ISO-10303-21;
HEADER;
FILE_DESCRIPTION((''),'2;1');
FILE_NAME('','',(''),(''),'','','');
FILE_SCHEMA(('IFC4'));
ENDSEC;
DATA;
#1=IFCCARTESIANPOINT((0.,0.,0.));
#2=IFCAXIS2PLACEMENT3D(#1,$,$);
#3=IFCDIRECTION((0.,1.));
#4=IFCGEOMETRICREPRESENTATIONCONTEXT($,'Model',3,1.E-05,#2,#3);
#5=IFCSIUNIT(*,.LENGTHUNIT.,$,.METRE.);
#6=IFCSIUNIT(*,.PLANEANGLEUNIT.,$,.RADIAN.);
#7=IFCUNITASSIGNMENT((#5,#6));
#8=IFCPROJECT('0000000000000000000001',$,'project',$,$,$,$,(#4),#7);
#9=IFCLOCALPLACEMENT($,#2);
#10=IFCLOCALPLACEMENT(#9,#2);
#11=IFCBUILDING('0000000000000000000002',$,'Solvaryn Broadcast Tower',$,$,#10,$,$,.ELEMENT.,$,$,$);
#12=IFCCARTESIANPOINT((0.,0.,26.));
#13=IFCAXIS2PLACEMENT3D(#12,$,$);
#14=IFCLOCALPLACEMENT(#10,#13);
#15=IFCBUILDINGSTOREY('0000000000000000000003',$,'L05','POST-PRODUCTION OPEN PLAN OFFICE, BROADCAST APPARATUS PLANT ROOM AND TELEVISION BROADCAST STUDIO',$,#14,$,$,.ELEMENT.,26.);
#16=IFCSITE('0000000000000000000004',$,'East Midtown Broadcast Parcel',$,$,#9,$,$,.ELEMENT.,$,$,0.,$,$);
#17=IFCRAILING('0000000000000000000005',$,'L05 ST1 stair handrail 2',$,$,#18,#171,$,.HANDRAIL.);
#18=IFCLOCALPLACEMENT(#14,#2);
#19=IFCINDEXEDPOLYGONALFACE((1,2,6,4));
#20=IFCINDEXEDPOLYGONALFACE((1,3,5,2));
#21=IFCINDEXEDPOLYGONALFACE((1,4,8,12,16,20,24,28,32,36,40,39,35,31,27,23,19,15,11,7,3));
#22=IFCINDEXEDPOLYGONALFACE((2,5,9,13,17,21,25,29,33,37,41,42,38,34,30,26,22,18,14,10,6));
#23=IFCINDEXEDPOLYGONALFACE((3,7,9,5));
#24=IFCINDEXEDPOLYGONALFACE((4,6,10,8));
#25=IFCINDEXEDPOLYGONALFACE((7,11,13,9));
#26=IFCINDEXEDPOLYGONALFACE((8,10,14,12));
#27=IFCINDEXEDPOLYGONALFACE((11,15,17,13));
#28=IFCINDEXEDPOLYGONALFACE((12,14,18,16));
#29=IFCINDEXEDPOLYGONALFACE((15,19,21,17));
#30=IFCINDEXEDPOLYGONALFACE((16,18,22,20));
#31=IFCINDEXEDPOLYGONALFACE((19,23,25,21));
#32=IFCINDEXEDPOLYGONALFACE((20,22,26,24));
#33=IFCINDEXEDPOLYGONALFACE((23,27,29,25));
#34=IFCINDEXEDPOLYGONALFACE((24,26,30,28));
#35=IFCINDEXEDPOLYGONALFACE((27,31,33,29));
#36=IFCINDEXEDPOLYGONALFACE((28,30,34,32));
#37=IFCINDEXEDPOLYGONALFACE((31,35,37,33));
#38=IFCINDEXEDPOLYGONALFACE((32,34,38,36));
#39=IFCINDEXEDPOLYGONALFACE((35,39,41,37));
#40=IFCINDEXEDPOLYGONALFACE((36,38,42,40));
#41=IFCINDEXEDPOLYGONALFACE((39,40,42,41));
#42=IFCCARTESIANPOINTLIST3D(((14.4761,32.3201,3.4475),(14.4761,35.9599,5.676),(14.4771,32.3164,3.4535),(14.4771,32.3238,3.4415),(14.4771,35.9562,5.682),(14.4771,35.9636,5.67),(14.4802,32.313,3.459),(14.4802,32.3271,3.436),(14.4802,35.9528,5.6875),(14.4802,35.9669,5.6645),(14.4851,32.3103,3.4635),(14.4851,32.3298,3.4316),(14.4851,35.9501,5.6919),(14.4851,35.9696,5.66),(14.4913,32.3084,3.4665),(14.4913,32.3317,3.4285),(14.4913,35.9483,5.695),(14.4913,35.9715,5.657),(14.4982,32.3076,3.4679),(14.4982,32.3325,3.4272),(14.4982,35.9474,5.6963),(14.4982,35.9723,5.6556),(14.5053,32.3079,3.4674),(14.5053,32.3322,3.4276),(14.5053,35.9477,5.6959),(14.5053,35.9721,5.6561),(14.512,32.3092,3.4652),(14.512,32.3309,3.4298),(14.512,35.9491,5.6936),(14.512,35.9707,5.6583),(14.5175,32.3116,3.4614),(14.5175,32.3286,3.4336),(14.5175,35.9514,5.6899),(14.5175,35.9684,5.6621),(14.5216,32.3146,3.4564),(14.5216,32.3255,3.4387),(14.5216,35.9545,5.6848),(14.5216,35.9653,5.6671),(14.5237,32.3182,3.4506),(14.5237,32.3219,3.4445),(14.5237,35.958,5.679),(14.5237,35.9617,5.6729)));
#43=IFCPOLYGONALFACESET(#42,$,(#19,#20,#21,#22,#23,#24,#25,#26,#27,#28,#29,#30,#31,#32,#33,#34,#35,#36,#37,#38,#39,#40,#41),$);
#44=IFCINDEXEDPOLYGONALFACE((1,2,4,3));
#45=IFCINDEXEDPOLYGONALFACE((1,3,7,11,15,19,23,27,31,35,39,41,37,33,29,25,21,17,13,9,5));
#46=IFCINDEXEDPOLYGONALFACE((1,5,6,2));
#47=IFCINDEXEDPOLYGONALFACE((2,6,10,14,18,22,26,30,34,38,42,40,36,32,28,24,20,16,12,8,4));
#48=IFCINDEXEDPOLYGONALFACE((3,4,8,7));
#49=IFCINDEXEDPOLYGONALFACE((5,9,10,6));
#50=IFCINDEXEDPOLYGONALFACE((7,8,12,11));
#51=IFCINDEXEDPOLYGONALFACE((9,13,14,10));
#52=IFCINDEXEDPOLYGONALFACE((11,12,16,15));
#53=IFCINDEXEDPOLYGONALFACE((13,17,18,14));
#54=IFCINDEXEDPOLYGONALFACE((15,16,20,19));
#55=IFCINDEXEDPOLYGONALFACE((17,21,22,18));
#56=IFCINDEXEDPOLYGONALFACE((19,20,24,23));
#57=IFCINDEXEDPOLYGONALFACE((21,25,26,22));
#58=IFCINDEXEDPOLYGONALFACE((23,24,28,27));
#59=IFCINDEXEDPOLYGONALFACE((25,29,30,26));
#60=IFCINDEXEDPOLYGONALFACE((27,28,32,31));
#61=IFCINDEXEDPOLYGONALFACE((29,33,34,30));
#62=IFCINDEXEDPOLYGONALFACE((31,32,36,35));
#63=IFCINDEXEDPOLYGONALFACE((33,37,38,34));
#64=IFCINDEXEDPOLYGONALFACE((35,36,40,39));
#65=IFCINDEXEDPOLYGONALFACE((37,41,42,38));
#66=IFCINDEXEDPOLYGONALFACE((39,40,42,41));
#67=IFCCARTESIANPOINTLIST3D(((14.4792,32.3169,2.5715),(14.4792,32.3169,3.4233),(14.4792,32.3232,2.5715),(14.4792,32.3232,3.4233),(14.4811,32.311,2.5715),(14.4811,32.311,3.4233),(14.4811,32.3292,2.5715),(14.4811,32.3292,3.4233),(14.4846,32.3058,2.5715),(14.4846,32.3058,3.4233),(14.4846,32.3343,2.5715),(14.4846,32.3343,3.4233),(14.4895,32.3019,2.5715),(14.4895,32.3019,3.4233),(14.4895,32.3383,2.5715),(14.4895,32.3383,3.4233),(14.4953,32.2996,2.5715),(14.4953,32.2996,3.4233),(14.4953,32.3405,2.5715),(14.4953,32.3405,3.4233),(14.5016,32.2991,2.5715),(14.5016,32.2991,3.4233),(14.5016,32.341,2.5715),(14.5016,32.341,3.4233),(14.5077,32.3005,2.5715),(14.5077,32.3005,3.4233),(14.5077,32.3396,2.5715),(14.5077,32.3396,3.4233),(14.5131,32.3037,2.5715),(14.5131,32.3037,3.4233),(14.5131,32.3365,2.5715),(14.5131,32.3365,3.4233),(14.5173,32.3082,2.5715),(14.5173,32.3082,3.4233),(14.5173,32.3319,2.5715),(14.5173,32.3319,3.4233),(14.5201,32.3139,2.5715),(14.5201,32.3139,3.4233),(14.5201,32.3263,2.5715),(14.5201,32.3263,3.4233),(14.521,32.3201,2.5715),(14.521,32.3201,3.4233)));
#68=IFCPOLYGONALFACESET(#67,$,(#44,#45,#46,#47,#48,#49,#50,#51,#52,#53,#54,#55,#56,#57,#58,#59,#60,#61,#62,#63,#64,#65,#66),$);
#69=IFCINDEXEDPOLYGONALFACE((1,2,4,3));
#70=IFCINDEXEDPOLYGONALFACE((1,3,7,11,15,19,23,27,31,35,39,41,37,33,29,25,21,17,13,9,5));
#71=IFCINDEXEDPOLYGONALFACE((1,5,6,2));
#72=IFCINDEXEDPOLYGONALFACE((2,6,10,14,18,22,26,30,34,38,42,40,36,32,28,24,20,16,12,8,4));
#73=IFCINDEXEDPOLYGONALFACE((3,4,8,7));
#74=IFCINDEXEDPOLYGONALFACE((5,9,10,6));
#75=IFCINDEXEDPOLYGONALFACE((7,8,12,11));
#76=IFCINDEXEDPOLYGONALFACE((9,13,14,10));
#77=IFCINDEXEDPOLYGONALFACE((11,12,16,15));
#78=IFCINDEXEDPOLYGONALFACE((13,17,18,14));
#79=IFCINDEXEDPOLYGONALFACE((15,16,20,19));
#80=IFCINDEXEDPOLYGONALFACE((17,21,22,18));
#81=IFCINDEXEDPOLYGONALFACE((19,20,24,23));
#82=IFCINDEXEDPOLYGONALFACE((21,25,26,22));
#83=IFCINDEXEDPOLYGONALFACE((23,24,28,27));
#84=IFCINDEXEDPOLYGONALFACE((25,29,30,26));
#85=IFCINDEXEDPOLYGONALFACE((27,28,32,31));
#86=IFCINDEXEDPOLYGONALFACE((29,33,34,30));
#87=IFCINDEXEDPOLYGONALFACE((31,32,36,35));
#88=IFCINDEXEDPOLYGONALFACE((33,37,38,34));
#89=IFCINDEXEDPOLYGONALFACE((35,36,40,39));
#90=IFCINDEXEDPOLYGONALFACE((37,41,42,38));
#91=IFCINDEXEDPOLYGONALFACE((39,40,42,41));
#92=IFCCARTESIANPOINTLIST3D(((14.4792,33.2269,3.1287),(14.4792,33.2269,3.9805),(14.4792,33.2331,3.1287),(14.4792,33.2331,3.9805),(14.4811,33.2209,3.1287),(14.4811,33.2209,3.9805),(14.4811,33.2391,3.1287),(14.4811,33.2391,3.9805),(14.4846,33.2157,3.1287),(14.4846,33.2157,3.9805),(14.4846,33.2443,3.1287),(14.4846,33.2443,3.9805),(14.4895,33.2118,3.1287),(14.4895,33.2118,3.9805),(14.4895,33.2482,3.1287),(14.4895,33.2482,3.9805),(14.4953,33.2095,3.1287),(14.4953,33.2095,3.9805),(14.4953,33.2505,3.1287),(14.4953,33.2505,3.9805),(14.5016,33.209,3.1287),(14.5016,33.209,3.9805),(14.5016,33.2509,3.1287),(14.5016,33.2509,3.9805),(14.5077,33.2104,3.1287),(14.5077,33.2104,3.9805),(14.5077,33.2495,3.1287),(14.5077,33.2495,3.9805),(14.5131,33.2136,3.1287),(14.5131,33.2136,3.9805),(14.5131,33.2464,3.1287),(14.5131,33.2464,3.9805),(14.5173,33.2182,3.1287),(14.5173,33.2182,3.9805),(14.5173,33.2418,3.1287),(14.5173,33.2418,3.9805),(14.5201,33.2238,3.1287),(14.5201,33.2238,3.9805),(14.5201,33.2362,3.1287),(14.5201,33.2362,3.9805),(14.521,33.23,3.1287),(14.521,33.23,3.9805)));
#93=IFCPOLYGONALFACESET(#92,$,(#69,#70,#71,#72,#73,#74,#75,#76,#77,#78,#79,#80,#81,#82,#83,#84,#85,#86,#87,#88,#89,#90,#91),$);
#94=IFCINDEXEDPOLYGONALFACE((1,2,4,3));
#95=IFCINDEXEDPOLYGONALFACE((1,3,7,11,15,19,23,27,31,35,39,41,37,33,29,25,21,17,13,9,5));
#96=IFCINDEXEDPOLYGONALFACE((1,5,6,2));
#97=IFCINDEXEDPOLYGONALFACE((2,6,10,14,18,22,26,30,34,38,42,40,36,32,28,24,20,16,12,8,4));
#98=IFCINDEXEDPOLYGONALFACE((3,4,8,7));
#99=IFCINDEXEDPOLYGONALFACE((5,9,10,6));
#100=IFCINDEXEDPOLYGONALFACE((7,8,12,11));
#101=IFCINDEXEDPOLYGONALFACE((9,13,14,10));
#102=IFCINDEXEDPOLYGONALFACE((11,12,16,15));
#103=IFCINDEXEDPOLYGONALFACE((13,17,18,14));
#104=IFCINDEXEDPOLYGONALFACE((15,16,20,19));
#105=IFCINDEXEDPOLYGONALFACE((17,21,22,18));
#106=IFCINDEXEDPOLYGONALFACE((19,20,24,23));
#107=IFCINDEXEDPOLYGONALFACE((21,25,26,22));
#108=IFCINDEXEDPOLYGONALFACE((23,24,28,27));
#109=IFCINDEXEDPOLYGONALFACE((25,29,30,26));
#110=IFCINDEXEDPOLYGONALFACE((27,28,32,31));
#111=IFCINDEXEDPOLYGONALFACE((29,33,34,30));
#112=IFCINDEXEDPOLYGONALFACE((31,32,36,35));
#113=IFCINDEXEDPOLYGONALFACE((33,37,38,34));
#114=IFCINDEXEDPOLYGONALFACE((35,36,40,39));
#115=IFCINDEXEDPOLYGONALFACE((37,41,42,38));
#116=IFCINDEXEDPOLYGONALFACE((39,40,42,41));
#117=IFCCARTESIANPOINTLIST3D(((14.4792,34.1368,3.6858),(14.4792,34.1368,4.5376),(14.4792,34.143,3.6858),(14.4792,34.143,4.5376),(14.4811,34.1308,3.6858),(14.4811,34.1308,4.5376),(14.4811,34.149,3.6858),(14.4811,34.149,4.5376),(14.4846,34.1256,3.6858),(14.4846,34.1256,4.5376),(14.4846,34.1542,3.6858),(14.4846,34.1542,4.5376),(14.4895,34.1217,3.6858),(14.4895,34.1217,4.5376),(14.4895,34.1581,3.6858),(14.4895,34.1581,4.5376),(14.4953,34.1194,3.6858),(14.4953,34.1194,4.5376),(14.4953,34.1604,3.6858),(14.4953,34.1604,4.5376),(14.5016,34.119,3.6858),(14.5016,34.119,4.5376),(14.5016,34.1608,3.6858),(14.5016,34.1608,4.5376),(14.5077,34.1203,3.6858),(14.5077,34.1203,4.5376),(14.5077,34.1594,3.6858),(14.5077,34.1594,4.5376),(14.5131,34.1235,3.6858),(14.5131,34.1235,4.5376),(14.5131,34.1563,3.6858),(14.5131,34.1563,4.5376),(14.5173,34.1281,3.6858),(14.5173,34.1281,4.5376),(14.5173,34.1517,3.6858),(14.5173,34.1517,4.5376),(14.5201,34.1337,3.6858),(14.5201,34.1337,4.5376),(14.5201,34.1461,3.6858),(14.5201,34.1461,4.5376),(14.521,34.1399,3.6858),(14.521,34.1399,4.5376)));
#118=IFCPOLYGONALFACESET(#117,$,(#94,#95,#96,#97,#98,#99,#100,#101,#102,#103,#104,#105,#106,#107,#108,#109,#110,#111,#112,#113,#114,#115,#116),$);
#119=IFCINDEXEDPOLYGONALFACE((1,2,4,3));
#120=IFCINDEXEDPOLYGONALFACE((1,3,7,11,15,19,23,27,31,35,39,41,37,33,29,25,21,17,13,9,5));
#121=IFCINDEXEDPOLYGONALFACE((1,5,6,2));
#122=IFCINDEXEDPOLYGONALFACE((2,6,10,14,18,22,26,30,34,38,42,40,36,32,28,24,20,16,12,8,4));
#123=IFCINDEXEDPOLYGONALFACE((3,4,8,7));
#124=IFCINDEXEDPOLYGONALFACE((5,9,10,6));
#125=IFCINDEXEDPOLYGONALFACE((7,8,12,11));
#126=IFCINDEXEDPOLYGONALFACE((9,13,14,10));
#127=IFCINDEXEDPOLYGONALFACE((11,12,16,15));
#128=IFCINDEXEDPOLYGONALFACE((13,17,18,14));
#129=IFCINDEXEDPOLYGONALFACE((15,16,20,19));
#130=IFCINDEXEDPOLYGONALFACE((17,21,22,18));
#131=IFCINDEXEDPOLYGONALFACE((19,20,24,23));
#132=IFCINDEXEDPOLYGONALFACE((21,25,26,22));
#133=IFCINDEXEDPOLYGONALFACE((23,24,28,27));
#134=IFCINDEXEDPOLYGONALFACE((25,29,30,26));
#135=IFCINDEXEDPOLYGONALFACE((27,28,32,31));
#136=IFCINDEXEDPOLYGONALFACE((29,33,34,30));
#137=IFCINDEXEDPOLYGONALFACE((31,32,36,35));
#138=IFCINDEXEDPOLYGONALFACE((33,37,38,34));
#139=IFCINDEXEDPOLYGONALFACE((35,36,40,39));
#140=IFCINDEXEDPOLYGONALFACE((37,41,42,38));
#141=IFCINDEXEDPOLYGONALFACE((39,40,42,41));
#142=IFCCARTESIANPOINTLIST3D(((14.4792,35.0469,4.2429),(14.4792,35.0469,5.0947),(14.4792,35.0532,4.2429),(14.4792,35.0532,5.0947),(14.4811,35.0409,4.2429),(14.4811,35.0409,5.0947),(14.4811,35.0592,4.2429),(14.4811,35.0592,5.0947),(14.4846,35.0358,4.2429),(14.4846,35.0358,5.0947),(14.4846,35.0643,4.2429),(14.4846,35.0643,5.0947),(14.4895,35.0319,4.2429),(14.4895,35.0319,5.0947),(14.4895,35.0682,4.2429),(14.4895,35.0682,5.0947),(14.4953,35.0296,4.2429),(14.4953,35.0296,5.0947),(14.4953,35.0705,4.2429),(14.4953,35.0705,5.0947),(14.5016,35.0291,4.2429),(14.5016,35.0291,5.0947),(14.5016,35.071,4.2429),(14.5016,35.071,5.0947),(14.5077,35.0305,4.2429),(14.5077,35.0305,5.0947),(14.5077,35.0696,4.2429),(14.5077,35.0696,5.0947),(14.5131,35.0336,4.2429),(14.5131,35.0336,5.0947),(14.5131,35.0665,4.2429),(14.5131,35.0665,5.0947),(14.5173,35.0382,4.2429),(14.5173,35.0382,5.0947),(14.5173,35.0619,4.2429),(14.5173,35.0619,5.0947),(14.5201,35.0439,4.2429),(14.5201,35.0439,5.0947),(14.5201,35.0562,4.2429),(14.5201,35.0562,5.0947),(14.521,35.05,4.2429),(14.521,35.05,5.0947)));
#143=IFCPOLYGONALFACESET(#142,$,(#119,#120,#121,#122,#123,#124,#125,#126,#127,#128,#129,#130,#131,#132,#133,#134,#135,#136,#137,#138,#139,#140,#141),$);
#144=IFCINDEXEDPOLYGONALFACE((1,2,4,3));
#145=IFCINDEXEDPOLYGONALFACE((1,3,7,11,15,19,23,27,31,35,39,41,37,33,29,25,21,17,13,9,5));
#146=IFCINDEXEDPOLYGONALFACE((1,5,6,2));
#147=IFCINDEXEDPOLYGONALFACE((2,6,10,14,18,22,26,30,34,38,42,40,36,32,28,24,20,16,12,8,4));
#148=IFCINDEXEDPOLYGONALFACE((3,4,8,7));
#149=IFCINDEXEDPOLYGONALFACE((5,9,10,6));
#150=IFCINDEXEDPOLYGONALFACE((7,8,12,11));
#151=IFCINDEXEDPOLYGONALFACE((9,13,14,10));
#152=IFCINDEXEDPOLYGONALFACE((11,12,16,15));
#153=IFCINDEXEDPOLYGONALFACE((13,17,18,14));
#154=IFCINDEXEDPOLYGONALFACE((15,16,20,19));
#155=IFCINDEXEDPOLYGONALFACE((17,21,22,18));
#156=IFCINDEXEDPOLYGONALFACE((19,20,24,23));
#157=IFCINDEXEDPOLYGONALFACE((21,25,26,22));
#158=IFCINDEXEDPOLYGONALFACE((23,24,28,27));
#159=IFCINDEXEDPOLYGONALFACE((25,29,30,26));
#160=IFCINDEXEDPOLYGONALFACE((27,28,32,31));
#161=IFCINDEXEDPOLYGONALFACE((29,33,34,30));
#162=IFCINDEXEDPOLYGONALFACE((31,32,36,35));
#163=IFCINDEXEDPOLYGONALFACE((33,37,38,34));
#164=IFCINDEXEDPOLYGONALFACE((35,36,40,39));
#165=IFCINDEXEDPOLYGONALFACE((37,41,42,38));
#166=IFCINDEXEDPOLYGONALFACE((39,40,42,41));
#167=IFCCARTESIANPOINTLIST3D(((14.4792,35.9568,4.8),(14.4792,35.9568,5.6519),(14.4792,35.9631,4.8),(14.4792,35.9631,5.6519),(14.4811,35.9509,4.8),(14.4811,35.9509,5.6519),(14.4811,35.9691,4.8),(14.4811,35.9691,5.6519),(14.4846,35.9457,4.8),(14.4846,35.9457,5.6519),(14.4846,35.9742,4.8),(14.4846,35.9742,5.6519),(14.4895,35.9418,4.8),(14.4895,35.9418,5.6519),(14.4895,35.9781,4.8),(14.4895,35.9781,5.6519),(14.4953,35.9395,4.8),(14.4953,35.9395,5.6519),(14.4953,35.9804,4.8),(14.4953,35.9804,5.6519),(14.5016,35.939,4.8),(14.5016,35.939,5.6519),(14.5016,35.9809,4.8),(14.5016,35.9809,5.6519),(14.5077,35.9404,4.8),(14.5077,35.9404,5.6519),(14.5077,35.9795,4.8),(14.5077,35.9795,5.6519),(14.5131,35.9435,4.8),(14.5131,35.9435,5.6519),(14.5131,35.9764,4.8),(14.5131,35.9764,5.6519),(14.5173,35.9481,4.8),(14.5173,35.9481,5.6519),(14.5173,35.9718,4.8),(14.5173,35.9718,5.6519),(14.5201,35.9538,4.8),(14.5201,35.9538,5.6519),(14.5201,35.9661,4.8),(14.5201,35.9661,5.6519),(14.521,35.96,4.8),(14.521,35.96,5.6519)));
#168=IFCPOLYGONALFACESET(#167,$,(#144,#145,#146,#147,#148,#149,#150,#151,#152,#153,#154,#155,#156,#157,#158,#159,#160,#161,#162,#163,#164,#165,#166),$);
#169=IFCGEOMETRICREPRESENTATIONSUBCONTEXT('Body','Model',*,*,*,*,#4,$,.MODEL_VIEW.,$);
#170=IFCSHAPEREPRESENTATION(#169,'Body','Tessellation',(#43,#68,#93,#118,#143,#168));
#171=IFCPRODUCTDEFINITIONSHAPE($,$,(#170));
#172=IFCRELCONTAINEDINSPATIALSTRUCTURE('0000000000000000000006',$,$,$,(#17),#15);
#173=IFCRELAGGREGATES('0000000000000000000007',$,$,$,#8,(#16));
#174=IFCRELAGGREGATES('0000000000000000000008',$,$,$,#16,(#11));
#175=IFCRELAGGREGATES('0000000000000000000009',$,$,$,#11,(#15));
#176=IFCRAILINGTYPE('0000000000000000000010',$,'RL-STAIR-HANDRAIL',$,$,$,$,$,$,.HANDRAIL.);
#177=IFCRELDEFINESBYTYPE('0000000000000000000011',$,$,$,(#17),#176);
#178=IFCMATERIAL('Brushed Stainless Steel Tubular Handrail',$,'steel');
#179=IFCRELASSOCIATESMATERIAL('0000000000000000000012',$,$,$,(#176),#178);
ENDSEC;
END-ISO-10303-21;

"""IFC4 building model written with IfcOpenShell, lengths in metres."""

from ifc_helpers import new_model, si_unit, direction, frame, origin, origin_2d, place, context, subcontext, project, spatial, circle, extrude, material, type_object, element, save


model = new_model("IFC4")

# Units and contexts
model_context = context("Model", 3, precision=1e-05, world=origin(), true_north=direction((0.0, 1.0)))
body_context = subcontext(model_context, "Body", "Model", "MODEL_VIEW")
ifc_project = project(units=[si_unit("LENGTHUNIT", "METRE"), si_unit("PLANEANGLEUNIT", "RADIAN")], contexts=[model_context])

# Site, building, storey
site_placement = place(None, origin())
site = spatial("IfcSite", under=ifc_project, at=site_placement, Name="East Midtown Broadcast Parcel", CompositionType="ELEMENT", RefElevation=0.0)
building_placement = place(site_placement, origin())
building = spatial("IfcBuilding", under=site, at=building_placement, Name="Solvaryn Broadcast Tower", CompositionType="ELEMENT")
storey_placement = place(building_placement, frame((0.0, 0.0, 26.0)))
storey = spatial("IfcBuildingStorey", under=building, at=storey_placement, Name="L05", Description="POST-PRODUCTION OPEN PLAN OFFICE, BROADCAST APPARATUS PLANT ROOM AND TELEVISION BROADCAST STUDIO", CompositionType="ELEMENT", Elevation=26.0)

# Railing
ifc_material_1 = material(Name="Brushed Stainless Steel Tubular Handrail", Category="steel")
railing_type_1 = type_object("IfcRailingType", Name="RL-STAIR-HANDRAIL", PredefinedType="HANDRAIL", material=ifc_material_1)
railing_1_placement = place(storey_placement, frame((14.5, 32.3201, 2.5715)))
element("IfcRailing", 1, at=railing_1_placement, inside=storey, type_object=railing_type_1, Name="L05 ST1 stair handrail 2", PredefinedType="HANDRAIL", context=body_context, shape_type="SweptSolid", body=[
    extrude(circle(Radius=0.0239, at=origin_2d()), frame((0.0, 0.0, 0.876), z_axis=(0.0, 0.85285, 0.522156), x_axis=(-1.0, 0.0, 0.0)), (0.0, 0.0, 1.0), 4.2678),
    extrude(circle(Radius=0.021, at=origin_2d()), origin(), (0.0, 0.0, 1.0), 0.8518),
    extrude(circle(Radius=0.021, at=origin_2d()), frame((0.0, 0.9099, 0.5571)), (0.0, 0.0, 1.0), 0.8518),
    extrude(circle(Radius=0.021, at=origin_2d()), frame((0.0, 1.8198, 1.1143)), (0.0, 0.0, 1.0), 0.8518),
    extrude(circle(Radius=0.021, at=origin_2d()), frame((0.0, 2.73, 1.6714)), (0.0, 0.0, 1.0), 0.8518),
    extrude(circle(Radius=0.021, at=origin_2d()), frame((0.0, 3.6399, 2.2285)), (0.0, 0.0, 1.0), 0.8518),
])

save(model, "model.ifc")
